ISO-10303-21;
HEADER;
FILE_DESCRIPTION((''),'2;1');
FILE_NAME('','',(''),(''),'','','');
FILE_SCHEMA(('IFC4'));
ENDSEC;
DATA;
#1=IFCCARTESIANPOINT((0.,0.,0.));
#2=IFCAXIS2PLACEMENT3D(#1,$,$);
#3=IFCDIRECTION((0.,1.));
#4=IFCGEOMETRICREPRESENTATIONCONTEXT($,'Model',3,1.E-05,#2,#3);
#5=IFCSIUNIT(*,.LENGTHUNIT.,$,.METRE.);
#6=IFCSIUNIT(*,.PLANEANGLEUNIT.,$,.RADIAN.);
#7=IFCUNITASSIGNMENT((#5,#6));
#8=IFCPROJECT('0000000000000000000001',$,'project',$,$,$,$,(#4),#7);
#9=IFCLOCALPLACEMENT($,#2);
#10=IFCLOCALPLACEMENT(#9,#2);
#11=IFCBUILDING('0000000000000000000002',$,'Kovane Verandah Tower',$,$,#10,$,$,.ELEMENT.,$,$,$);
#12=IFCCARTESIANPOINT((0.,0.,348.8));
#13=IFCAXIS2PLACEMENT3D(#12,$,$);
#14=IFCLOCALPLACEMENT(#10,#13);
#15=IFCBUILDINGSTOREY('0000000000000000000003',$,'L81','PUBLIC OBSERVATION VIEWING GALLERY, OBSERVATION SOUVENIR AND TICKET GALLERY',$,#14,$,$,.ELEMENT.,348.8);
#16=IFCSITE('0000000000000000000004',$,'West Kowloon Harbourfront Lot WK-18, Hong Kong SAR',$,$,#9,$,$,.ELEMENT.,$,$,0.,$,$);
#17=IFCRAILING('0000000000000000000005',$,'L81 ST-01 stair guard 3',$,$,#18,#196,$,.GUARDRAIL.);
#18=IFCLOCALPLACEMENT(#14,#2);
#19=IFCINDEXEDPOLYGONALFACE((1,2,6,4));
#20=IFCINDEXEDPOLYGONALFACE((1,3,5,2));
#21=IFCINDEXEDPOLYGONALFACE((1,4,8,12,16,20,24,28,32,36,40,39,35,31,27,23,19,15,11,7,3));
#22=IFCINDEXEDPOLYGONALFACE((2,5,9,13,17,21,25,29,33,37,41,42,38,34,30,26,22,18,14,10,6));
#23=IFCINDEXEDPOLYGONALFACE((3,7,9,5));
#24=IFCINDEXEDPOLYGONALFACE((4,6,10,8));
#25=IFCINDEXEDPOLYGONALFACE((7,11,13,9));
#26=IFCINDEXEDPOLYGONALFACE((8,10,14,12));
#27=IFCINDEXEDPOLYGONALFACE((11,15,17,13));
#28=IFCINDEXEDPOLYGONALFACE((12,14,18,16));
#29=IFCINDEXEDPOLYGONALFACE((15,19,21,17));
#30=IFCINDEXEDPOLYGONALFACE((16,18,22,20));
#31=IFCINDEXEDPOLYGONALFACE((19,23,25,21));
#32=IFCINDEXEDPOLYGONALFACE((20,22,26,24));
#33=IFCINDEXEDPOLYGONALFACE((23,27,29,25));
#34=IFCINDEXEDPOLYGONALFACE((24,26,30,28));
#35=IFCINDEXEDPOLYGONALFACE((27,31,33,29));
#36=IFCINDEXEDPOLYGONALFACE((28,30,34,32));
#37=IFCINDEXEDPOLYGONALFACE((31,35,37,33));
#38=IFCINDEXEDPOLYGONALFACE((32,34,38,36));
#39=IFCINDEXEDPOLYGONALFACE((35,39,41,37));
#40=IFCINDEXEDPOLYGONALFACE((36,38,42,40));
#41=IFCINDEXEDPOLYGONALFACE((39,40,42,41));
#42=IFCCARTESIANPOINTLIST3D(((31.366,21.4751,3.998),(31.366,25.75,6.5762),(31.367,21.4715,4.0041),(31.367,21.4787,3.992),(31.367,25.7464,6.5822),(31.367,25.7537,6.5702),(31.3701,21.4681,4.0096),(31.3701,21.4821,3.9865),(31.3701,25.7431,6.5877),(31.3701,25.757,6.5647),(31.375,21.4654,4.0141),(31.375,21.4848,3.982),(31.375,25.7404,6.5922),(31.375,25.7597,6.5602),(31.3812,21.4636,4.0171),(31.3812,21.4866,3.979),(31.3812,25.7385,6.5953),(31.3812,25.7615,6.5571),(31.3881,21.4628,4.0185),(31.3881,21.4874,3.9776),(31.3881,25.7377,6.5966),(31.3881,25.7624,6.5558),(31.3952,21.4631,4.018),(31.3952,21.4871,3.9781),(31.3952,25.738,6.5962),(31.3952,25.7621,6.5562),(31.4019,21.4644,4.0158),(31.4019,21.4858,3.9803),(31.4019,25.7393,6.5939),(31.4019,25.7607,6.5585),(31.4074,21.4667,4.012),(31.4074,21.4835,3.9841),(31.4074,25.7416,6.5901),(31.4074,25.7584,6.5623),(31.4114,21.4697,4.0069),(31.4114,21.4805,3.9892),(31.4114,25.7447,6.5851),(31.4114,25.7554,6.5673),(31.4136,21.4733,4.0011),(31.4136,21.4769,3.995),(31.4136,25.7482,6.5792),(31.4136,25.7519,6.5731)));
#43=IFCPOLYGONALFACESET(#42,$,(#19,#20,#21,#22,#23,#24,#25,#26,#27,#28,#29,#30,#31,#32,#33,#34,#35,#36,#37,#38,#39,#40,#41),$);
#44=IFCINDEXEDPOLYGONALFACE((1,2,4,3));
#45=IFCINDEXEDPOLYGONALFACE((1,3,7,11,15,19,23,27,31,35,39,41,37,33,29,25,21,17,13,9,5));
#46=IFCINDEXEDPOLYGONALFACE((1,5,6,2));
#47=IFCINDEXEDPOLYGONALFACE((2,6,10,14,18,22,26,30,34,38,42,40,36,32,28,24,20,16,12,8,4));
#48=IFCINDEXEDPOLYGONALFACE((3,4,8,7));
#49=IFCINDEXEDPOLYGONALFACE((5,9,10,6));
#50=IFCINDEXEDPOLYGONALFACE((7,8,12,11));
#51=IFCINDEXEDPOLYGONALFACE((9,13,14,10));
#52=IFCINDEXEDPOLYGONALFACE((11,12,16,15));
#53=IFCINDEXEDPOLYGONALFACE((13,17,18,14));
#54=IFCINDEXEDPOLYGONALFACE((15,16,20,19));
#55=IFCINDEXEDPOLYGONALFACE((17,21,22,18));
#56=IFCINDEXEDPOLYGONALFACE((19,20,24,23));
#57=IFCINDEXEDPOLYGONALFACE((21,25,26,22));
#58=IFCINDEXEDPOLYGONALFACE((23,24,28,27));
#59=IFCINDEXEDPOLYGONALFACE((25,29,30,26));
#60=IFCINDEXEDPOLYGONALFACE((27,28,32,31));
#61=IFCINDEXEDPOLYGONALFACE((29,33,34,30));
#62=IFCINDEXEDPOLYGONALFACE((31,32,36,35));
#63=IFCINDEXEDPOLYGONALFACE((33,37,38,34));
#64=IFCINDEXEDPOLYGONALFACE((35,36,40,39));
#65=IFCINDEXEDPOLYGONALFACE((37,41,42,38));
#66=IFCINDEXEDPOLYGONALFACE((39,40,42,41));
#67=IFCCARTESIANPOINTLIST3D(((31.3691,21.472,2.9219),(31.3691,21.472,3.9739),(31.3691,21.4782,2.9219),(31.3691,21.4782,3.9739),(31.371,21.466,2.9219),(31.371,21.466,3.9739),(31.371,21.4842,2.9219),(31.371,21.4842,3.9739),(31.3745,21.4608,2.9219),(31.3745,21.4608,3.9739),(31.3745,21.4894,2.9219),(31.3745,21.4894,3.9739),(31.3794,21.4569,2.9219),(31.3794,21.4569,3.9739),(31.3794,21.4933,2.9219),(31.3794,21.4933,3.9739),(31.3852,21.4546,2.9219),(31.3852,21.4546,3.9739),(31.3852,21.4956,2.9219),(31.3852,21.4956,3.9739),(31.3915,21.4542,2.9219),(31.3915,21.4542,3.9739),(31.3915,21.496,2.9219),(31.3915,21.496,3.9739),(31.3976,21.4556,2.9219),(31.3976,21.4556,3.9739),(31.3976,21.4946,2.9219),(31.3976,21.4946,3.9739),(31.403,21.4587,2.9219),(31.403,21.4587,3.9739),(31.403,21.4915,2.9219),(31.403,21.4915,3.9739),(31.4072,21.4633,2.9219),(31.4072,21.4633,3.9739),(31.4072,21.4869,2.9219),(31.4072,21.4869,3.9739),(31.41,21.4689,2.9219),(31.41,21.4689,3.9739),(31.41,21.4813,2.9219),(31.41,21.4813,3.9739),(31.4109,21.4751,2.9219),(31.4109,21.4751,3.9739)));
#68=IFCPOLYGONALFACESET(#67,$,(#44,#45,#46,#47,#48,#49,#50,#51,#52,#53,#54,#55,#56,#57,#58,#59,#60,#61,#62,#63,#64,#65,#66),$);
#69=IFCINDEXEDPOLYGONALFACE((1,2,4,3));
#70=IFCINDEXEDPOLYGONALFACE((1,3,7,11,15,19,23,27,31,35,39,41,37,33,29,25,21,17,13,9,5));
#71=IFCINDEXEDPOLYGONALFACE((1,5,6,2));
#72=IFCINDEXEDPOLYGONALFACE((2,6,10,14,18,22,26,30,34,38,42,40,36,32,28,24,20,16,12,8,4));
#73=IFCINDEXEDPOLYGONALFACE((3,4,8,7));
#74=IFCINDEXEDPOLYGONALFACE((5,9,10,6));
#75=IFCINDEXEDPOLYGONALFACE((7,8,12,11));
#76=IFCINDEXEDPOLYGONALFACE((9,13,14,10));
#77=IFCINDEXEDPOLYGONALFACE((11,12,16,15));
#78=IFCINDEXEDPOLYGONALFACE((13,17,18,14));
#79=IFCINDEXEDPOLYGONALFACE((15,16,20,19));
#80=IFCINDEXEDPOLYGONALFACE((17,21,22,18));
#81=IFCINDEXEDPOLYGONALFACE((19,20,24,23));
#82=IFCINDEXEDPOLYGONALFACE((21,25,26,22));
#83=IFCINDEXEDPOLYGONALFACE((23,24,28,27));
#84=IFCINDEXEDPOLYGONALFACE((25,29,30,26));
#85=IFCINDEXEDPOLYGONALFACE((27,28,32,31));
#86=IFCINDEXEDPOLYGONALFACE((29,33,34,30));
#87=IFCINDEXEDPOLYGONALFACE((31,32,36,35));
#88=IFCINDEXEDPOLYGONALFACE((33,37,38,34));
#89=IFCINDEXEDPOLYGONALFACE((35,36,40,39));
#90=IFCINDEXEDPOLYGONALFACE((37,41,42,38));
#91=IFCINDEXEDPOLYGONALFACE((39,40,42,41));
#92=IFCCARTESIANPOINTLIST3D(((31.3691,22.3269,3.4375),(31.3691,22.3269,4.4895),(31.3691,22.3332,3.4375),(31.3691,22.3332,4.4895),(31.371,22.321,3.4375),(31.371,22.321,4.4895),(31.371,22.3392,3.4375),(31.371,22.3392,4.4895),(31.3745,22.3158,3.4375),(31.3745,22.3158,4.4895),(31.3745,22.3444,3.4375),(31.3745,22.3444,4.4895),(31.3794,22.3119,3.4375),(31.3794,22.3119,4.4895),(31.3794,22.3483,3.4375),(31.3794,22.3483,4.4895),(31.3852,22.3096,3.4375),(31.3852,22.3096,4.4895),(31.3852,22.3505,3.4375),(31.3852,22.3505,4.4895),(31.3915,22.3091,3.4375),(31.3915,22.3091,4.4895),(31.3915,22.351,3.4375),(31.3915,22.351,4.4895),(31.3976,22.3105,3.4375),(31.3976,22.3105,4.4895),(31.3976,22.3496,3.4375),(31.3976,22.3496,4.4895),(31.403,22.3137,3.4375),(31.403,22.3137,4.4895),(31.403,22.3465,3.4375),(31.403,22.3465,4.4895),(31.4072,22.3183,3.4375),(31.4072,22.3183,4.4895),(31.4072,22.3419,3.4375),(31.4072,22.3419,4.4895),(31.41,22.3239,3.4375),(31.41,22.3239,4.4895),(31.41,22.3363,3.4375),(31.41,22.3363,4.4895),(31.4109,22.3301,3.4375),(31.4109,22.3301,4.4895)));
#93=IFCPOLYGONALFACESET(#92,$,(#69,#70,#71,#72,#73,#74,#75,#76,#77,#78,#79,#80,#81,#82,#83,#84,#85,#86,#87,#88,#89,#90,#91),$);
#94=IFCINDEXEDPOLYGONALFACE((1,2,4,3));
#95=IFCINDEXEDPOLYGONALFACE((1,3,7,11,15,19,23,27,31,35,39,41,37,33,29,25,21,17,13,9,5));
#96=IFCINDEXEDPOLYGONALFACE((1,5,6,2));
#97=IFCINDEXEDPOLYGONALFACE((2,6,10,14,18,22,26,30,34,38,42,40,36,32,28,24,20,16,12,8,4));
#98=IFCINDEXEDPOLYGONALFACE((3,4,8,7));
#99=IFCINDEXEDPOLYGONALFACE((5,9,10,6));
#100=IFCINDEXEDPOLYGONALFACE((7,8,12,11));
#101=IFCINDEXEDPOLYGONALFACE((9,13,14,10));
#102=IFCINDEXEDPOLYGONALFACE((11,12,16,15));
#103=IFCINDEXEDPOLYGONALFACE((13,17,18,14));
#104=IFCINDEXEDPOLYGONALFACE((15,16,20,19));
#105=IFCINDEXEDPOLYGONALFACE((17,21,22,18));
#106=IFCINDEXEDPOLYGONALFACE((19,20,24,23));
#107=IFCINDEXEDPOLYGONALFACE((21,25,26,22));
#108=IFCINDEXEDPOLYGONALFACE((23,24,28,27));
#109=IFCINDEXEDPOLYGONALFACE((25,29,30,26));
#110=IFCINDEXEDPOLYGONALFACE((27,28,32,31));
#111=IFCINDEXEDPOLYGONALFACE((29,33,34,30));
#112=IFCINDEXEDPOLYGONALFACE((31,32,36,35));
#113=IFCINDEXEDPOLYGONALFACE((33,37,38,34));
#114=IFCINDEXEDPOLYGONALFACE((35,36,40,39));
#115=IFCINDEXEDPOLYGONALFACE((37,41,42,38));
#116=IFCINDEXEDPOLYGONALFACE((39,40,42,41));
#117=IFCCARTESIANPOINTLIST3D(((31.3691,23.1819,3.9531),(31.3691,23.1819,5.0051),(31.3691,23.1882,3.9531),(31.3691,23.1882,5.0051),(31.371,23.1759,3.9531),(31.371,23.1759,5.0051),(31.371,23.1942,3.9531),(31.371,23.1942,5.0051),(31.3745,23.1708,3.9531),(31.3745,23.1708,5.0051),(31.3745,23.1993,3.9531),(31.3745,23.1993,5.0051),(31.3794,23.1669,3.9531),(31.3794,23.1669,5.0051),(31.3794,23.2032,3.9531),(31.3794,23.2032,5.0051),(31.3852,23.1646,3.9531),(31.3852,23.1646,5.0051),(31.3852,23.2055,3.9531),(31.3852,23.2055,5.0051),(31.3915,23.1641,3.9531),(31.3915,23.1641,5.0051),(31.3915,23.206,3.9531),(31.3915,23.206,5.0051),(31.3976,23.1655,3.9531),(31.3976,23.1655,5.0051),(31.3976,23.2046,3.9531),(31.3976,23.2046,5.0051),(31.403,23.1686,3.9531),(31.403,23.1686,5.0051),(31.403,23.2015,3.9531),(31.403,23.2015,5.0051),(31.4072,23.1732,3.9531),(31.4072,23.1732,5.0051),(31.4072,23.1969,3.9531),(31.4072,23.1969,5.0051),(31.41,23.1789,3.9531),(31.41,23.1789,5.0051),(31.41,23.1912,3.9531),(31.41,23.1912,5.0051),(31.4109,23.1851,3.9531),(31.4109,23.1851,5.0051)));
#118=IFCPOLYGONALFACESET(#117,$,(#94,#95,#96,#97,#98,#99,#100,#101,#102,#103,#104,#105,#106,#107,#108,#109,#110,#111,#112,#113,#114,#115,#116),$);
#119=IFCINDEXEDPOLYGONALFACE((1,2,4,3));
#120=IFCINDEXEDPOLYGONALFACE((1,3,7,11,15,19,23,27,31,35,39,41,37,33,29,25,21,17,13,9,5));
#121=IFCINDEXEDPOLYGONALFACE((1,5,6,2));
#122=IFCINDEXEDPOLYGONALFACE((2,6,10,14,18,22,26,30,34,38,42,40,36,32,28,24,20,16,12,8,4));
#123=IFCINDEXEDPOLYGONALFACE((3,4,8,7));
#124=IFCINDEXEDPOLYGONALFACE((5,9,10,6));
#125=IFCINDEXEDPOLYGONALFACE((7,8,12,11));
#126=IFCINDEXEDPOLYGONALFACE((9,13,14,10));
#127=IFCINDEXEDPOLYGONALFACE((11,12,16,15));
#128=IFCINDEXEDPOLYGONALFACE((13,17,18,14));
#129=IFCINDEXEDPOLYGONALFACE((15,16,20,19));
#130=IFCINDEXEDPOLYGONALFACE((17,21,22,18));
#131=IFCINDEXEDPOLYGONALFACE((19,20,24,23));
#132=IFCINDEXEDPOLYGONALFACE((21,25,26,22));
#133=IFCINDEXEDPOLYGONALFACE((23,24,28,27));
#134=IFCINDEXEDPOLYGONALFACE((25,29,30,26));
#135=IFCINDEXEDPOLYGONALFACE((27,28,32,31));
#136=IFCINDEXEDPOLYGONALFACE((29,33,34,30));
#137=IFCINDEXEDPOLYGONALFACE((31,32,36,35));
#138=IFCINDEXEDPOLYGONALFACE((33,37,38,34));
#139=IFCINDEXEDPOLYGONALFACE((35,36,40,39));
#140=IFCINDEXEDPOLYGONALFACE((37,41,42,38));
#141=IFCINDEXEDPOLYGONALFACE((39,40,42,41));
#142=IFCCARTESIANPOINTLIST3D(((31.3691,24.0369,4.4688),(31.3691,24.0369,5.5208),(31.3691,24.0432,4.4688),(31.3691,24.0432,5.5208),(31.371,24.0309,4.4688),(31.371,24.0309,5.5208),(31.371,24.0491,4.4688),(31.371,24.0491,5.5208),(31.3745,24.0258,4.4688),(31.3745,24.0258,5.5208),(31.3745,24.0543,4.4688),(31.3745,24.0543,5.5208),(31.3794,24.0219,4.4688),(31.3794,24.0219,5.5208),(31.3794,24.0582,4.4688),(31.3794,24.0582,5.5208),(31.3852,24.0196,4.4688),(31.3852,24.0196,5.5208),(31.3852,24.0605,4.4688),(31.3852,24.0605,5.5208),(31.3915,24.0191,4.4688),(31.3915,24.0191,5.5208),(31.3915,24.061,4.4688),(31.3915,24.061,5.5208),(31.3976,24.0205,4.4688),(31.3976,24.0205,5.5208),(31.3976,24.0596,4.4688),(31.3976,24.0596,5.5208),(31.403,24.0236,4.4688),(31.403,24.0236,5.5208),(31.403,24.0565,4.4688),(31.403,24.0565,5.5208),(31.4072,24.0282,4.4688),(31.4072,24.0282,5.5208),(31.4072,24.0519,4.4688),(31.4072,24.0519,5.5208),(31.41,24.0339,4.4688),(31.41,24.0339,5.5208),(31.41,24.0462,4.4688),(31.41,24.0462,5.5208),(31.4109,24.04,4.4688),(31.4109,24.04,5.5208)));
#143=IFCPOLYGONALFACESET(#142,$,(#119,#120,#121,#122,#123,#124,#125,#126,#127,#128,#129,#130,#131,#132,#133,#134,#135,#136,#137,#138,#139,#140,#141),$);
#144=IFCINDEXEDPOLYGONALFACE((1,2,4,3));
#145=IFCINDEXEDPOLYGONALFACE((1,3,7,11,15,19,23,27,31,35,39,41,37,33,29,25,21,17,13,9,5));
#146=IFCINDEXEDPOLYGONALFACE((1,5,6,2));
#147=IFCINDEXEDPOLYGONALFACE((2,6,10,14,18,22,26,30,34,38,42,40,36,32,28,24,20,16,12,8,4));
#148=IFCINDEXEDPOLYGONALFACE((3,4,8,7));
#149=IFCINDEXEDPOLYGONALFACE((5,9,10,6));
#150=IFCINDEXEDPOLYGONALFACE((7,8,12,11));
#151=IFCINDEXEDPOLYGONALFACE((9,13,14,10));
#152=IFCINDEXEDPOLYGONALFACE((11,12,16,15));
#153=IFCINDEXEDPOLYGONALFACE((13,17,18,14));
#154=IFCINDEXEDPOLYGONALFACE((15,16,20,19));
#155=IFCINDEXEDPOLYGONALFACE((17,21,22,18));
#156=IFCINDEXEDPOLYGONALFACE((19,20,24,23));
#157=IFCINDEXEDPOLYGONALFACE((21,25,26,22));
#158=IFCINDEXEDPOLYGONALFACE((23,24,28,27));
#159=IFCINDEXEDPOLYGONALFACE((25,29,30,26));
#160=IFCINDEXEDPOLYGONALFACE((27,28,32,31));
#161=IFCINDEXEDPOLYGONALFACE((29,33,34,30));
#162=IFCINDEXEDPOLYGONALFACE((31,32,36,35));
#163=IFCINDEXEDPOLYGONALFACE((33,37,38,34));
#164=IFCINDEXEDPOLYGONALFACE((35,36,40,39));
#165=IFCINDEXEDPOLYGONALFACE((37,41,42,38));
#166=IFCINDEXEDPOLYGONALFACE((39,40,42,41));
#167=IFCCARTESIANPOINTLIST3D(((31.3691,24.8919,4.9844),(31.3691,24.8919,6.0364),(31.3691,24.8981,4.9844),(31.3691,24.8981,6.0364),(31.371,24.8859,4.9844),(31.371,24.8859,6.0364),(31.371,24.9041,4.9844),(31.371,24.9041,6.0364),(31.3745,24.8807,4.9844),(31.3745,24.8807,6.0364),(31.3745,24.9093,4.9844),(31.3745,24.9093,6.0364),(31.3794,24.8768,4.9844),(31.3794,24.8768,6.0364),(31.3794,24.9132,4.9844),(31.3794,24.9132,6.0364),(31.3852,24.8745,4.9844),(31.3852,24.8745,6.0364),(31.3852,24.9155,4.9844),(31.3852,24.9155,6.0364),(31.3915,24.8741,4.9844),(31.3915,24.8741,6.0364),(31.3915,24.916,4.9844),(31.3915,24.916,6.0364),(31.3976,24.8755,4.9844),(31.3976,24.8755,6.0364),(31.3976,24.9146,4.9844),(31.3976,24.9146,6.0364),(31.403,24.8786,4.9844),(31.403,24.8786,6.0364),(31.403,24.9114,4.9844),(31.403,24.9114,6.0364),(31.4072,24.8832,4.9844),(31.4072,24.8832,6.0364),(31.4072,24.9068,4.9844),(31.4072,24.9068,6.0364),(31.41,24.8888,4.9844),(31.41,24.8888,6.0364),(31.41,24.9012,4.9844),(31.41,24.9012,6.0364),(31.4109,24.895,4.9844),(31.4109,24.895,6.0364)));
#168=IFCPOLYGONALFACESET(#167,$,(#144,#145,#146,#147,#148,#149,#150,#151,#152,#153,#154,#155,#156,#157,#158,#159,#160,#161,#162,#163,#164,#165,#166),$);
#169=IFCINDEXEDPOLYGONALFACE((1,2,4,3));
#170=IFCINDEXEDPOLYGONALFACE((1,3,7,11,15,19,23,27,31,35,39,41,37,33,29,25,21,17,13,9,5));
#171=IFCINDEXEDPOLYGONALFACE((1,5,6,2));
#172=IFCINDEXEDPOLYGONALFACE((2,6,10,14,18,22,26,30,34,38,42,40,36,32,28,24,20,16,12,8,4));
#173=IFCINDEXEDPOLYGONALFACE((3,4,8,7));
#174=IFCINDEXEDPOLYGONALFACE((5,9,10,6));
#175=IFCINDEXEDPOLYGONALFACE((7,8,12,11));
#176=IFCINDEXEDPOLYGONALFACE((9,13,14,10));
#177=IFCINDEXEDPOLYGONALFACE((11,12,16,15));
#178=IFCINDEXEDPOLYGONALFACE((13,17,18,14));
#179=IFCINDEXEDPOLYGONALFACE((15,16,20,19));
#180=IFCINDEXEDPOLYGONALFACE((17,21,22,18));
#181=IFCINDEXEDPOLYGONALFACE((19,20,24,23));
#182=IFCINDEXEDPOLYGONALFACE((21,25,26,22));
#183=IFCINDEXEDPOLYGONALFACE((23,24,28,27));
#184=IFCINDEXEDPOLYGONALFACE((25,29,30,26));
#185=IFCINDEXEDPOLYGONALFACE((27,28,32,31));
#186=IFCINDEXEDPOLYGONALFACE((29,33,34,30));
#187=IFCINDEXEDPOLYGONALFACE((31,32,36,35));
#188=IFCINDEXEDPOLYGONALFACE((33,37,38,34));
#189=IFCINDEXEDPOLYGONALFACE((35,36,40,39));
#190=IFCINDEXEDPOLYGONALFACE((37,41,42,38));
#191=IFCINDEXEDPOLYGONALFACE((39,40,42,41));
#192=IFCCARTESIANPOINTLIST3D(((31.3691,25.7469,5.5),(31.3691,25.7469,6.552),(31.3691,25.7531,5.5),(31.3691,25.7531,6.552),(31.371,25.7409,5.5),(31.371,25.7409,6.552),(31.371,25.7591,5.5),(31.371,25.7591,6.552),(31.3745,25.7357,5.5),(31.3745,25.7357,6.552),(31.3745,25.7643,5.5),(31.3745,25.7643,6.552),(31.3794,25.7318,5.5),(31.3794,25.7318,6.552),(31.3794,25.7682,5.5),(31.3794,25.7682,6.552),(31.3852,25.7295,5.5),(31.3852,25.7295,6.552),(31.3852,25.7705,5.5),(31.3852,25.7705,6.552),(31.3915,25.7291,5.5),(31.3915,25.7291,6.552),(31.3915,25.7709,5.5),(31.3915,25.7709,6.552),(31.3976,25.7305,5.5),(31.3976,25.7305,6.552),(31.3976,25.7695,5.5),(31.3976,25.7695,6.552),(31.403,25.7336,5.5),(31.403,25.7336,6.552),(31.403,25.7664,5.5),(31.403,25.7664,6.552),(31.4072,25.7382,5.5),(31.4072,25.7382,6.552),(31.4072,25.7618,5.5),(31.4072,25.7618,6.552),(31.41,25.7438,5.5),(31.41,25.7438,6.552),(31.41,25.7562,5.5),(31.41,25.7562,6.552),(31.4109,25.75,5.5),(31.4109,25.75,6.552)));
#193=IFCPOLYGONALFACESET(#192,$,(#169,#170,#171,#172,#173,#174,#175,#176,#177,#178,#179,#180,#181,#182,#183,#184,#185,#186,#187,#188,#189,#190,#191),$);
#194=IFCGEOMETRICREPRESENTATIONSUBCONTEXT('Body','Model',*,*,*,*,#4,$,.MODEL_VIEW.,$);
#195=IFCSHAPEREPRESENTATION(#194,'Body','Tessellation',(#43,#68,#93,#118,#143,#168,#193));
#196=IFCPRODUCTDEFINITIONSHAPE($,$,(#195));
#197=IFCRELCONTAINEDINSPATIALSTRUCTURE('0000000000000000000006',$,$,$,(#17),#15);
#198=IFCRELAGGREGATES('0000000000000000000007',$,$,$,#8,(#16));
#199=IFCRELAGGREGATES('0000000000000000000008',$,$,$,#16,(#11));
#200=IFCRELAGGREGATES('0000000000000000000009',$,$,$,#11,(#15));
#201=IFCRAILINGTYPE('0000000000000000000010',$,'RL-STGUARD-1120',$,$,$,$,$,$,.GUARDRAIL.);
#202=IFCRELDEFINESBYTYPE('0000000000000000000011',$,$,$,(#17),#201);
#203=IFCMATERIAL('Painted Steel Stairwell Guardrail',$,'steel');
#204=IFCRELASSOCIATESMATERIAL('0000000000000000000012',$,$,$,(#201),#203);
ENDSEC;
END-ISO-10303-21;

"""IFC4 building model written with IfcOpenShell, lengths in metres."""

from ifc_helpers import new_model, si_unit, direction, frame, origin, origin_2d, place, context, subcontext, project, spatial, circle, extrude, material, type_object, element, save


model = new_model("IFC4")

# Units and contexts
model_context = context("Model", 3, precision=1e-05, world=origin(), true_north=direction((0.0, 1.0)))
body_context = subcontext(model_context, "Body", "Model", "MODEL_VIEW")
ifc_project = project(units=[si_unit("LENGTHUNIT", "METRE"), si_unit("PLANEANGLEUNIT", "RADIAN")], contexts=[model_context])

# Site, building, storey
site_placement = place(None, origin())
site = spatial("IfcSite", under=ifc_project, at=site_placement, Name="West Kowloon Harbourfront Lot WK-18, Hong Kong SAR", CompositionType="ELEMENT", RefElevation=0.0)
building_placement = place(site_placement, origin())
building = spatial("IfcBuilding", under=site, at=building_placement, Name="Kovane Verandah Tower", CompositionType="ELEMENT")
storey_placement = place(building_placement, frame((0.0, 0.0, 348.8)))
storey = spatial("IfcBuildingStorey", under=building, at=storey_placement, Name="L81", Description="PUBLIC OBSERVATION VIEWING GALLERY, OBSERVATION SOUVENIR AND TICKET GALLERY", CompositionType="ELEMENT", Elevation=348.8)

# Railing
ifc_material_1 = material(Name="Painted Steel Stairwell Guardrail", Category="steel")
railing_type_1 = type_object("IfcRailingType", Name="RL-STGUARD-1120", PredefinedType="GUARDRAIL", material=ifc_material_1)
railing_1_placement = place(storey_placement, frame((31.3899, 21.4751, 2.9219)))
element("IfcRailing", 1, at=railing_1_placement, inside=storey, type_object=railing_type_1, Name="L81 ST-01 stair guard 3", PredefinedType="GUARDRAIL", context=body_context, shape_type="SweptSolid", body=[
    extrude(circle(Radius=0.0239, at=origin_2d()), frame((0.0, 0.0, 1.0762), z_axis=(0.0, 0.856326, 0.516436), x_axis=(-1.0, 0.0, 0.0)), (0.0, 0.0, 1.0), 4.9922),
    extrude(circle(Radius=0.021, at=origin_2d()), origin(), (0.0, 0.0, 1.0), 1.052),
    extrude(circle(Radius=0.021, at=origin_2d()), frame((0.0, 0.855, 0.5156)), (0.0, 0.0, 1.0), 1.052),
    extrude(circle(Radius=0.021, at=origin_2d()), frame((0.0, 1.71, 1.0312)), (0.0, 0.0, 1.0), 1.052),
    extrude(circle(Radius=0.021, at=origin_2d()), frame((0.0, 2.5649, 1.5469)), (0.0, 0.0, 1.0), 1.052),
    extrude(circle(Radius=0.021, at=origin_2d()), frame((0.0, 3.4199, 2.0625)), (0.0, 0.0, 1.0), 1.052),
    extrude(circle(Radius=0.021, at=origin_2d()), frame((0.0, 4.2749, 2.5781)), (0.0, 0.0, 1.0), 1.052),
])

save(model, "model.ifc")
